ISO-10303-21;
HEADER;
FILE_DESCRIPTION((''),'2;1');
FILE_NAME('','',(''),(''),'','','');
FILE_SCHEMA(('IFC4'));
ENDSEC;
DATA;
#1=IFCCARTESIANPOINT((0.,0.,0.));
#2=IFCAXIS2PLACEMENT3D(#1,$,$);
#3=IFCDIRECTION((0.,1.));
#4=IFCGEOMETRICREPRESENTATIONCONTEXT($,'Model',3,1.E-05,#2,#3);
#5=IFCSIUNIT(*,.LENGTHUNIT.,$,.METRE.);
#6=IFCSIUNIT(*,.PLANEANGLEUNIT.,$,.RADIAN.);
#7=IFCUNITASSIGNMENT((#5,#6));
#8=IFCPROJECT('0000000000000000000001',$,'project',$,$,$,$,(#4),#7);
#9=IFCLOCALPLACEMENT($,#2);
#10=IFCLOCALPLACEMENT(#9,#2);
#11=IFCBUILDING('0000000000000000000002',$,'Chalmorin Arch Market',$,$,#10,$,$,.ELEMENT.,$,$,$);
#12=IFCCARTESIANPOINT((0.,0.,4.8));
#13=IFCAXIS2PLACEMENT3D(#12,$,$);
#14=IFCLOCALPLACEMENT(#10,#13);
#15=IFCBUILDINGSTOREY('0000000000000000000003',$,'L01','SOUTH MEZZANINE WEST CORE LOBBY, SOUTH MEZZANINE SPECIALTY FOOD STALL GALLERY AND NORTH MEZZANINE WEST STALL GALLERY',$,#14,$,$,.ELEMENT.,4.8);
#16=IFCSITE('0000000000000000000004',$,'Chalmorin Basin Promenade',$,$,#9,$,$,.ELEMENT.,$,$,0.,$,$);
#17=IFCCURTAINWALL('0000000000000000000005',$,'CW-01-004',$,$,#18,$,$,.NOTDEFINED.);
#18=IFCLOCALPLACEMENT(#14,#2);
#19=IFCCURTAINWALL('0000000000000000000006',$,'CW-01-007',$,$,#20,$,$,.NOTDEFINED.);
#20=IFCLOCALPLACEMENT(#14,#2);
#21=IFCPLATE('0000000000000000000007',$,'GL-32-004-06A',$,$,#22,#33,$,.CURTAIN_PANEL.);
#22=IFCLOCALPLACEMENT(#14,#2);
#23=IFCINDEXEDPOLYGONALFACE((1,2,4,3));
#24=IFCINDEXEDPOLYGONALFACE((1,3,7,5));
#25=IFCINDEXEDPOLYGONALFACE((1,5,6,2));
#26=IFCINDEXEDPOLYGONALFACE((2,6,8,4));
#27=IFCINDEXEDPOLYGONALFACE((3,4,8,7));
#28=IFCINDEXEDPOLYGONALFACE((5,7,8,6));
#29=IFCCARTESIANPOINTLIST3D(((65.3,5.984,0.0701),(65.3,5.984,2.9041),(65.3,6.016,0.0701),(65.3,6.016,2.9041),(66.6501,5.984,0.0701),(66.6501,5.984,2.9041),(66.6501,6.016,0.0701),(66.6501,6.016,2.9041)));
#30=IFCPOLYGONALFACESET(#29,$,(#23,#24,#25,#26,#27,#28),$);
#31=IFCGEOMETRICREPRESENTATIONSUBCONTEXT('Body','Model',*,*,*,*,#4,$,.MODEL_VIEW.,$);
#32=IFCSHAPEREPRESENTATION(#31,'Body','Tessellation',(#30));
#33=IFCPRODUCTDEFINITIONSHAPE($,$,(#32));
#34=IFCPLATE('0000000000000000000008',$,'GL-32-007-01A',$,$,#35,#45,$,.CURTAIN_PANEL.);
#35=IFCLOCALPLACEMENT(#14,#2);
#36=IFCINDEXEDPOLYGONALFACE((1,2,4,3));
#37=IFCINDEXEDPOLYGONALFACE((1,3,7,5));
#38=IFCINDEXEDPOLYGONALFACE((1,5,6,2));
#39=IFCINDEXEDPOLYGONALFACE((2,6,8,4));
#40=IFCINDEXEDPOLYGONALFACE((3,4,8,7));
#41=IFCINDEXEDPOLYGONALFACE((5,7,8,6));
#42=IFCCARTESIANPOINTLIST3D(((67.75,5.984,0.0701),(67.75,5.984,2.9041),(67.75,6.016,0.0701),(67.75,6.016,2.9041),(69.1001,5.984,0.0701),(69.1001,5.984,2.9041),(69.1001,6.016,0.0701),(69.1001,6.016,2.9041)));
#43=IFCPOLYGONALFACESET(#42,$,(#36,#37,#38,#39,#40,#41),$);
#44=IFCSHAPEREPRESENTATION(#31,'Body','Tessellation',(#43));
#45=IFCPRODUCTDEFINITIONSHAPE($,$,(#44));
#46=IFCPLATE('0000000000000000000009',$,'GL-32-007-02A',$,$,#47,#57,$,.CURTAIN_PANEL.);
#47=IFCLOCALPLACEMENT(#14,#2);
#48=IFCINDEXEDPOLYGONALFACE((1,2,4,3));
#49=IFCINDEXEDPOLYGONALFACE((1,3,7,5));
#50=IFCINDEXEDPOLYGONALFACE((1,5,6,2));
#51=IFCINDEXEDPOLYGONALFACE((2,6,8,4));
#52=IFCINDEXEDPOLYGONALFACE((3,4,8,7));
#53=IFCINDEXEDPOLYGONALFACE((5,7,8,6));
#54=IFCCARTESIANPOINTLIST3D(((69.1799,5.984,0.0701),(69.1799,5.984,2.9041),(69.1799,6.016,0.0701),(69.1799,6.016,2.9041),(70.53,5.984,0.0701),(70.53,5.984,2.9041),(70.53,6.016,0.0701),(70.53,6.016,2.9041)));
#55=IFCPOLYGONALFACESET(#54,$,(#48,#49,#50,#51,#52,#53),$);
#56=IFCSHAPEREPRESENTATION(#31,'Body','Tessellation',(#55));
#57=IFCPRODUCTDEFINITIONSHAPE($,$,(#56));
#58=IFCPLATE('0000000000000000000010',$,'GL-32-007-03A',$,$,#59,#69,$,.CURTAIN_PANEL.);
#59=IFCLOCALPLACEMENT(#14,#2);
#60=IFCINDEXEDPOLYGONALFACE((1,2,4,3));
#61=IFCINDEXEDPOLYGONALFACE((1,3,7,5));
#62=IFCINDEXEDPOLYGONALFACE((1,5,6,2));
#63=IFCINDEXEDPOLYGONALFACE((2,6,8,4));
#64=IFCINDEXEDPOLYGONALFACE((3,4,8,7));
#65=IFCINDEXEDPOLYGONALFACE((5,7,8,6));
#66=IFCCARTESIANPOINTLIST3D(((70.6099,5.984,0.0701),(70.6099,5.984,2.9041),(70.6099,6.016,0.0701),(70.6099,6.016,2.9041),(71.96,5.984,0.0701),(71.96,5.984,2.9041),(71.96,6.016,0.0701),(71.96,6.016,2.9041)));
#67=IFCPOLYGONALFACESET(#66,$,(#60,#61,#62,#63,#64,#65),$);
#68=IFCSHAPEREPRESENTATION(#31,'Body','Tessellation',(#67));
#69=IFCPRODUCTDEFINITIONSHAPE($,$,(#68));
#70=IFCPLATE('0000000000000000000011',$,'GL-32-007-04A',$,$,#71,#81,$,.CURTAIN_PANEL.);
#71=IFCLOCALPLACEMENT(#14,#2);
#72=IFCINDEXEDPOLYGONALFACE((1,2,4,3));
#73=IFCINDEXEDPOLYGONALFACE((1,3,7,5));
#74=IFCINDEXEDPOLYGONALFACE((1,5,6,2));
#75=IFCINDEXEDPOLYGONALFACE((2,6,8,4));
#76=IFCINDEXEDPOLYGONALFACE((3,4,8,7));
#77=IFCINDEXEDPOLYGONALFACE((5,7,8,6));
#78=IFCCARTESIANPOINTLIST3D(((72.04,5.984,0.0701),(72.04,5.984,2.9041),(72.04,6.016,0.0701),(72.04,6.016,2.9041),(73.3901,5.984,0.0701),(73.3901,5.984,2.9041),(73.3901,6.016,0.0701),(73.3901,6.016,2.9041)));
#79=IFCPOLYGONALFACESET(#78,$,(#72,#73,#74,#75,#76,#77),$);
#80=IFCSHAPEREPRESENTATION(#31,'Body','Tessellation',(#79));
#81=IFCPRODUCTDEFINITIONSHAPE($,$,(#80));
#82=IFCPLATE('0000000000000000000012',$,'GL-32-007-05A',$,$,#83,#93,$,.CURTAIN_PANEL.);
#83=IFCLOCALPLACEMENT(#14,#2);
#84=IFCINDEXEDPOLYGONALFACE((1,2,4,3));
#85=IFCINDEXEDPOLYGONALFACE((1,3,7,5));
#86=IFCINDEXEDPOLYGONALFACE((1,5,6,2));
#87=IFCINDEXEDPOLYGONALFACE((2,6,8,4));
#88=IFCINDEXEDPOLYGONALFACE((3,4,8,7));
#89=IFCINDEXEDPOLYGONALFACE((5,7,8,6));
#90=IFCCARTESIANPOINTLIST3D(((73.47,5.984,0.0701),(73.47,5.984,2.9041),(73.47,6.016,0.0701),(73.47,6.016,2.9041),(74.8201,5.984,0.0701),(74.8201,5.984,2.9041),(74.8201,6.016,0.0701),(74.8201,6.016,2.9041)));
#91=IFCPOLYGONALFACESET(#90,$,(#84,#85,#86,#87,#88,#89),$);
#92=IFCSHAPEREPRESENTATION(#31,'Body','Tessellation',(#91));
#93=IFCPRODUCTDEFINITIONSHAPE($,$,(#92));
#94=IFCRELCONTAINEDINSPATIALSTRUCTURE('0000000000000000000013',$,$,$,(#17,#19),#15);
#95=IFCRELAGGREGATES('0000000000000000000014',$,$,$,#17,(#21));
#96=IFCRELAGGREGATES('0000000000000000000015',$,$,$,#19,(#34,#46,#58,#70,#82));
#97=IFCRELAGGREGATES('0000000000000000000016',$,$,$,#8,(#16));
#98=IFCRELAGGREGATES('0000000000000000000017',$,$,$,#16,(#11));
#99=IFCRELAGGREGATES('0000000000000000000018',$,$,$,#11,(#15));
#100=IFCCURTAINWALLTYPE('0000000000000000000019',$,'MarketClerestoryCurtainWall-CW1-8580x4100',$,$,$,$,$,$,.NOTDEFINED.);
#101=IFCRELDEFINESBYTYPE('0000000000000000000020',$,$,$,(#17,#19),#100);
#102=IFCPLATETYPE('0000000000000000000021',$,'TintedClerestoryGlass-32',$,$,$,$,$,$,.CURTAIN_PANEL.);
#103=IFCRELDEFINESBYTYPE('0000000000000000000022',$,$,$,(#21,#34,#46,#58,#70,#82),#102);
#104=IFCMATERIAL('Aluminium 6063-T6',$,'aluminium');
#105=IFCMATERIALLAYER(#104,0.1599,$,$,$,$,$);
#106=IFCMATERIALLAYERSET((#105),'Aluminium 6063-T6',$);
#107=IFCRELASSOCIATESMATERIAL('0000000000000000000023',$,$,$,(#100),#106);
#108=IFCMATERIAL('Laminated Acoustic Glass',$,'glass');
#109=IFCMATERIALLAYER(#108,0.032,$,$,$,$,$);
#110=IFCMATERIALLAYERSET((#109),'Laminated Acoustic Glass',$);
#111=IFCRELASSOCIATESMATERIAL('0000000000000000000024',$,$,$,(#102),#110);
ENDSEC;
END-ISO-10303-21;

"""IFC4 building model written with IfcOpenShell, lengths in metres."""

from ifc_helpers import new_model, si_unit, direction, frame, origin, origin_2d, place, context, subcontext, project, spatial, rectangle, extrude, material, layer, layer_set, type_object, element, aggregate, save


model = new_model("IFC4")

# Units and contexts
model_context = context("Model", 3, precision=1e-05, world=origin(), true_north=direction((0.0, 1.0)))
body_context = subcontext(model_context, "Body", "Model", "MODEL_VIEW")
ifc_project = project(units=[si_unit("LENGTHUNIT", "METRE"), si_unit("PLANEANGLEUNIT", "RADIAN")], contexts=[model_context])

# Site, building, storey
site_placement = place(None, origin())
site = spatial("IfcSite", under=ifc_project, at=site_placement, Name="Chalmorin Basin Promenade", CompositionType="ELEMENT", RefElevation=0.0)
building_placement = place(site_placement, origin())
building = spatial("IfcBuilding", under=site, at=building_placement, Name="Chalmorin Arch Market", CompositionType="ELEMENT")
storey_placement = place(building_placement, frame((0.0, 0.0, 4.8)))
storey = spatial("IfcBuildingStorey", under=building, at=storey_placement, Name="L01", Description="SOUTH MEZZANINE WEST CORE LOBBY, SOUTH MEZZANINE SPECIALTY FOOD STALL GALLERY AND NORTH MEZZANINE WEST STALL GALLERY", CompositionType="ELEMENT", Elevation=4.8)

# Curtain walls
ifc_material_1 = material(Name="Aluminium 6063-T6", Category="aluminium")
ifc_layer_1 = layer(ifc_material_1, 0.1599)
ifc_layer_set_1 = layer_set([ifc_layer_1], Name="Aluminium 6063-T6")
curtain_wall_type = type_object("IfcCurtainWallType", Name="MarketClerestoryCurtainWall-CW1-8580x4100", PredefinedType="NOTDEFINED", material=ifc_layer_set_1)
curtain_wall_1_placement = place(storey_placement, origin())
curtain_wall_1 = element("IfcCurtainWall", 1, at=curtain_wall_1_placement, inside=storey, type_object=curtain_wall_type, Name="CW-01-004", PredefinedType="NOTDEFINED")
curtain_wall_2_placement = place(storey_placement, origin())
curtain_wall_2 = element("IfcCurtainWall", 2, at=curtain_wall_2_placement, inside=storey, type_object=curtain_wall_type, Name="CW-01-007", PredefinedType="NOTDEFINED")

# Plates
ifc_material_2 = material(Name="Laminated Acoustic Glass", Category="glass")
ifc_layer_2 = layer(ifc_material_2, 0.032)
ifc_layer_set_2 = layer_set([ifc_layer_2], Name="Laminated Acoustic Glass")
plate_type_1 = type_object("IfcPlateType", Name="TintedClerestoryGlass-32", PredefinedType="CURTAIN_PANEL", material=ifc_layer_set_2)
plate_1_placement = place(storey_placement, frame((65.9751, 6.0, 0.0701), z_axis=(0.0, 0.0, 1.0), x_axis=(1.0, 0.0, 0.0)))
plate_1 = element("IfcPlate", 3, at=plate_1_placement, type_object=plate_type_1, Name="GL-32-004-06A", PredefinedType="CURTAIN_PANEL", context=body_context, shape_type="SweptSolid", body=[
    extrude(rectangle(XDim=1.3501, YDim=0.032, at=origin_2d()), origin(), (0.0, 0.0, 1.0), 2.834),
])
aggregate(curtain_wall_1, [plate_1])
plate_2_placement = place(storey_placement, frame((68.425, 6.0, 0.0701), z_axis=(0.0, 0.0, 1.0), x_axis=(1.0, 0.0, 0.0)))
plate_2 = element("IfcPlate", 4, at=plate_2_placement, type_object=plate_type_1, Name="GL-32-007-01A", PredefinedType="CURTAIN_PANEL", context=body_context, shape_type="SweptSolid", body=[
    extrude(rectangle(XDim=1.3501, YDim=0.032, at=origin_2d()), origin(), (0.0, 0.0, 1.0), 2.834),
])
plate_3_placement = place(storey_placement, frame((69.855, 6.0, 0.0701), z_axis=(0.0, 0.0, 1.0), x_axis=(1.0, 0.0, 0.0)))
plate_3 = element("IfcPlate", 5, at=plate_3_placement, type_object=plate_type_1, Name="GL-32-007-02A", PredefinedType="CURTAIN_PANEL", context=body_context, shape_type="SweptSolid", body=[
    extrude(rectangle(XDim=1.3501, YDim=0.032, at=origin_2d()), origin(), (0.0, 0.0, 1.0), 2.834),
])
plate_4_placement = place(storey_placement, frame((71.2849, 6.0, 0.0701), z_axis=(0.0, 0.0, 1.0), x_axis=(1.0, 0.0, 0.0)))
plate_4 = element("IfcPlate", 6, at=plate_4_placement, type_object=plate_type_1, Name="GL-32-007-03A", PredefinedType="CURTAIN_PANEL", context=body_context, shape_type="SweptSolid", body=[
    extrude(rectangle(XDim=1.3501, YDim=0.032, at=origin_2d()), origin(), (0.0, 0.0, 1.0), 2.834),
])
plate_5_placement = place(storey_placement, frame((72.7151, 6.0, 0.0701), z_axis=(0.0, 0.0, 1.0), x_axis=(1.0, 0.0, 0.0)))
plate_5 = element("IfcPlate", 7, at=plate_5_placement, type_object=plate_type_1, Name="GL-32-007-04A", PredefinedType="CURTAIN_PANEL", context=body_context, shape_type="SweptSolid", body=[
    extrude(rectangle(XDim=1.3501, YDim=0.032, at=origin_2d()), origin(), (0.0, 0.0, 1.0), 2.834),
])
plate_6_placement = place(storey_placement, frame((74.145, 6.0, 0.0701), z_axis=(0.0, 0.0, 1.0), x_axis=(1.0, 0.0, 0.0)))
plate_6 = element("IfcPlate", 8, at=plate_6_placement, type_object=plate_type_1, Name="GL-32-007-05A", PredefinedType="CURTAIN_PANEL", context=body_context, shape_type="SweptSolid", body=[
    extrude(rectangle(XDim=1.3501, YDim=0.032, at=origin_2d()), origin(), (0.0, 0.0, 1.0), 2.834),
])
aggregate(curtain_wall_2, [plate_2, plate_3, plate_4, plate_5, plate_6])

save(model, "model.ifc")
